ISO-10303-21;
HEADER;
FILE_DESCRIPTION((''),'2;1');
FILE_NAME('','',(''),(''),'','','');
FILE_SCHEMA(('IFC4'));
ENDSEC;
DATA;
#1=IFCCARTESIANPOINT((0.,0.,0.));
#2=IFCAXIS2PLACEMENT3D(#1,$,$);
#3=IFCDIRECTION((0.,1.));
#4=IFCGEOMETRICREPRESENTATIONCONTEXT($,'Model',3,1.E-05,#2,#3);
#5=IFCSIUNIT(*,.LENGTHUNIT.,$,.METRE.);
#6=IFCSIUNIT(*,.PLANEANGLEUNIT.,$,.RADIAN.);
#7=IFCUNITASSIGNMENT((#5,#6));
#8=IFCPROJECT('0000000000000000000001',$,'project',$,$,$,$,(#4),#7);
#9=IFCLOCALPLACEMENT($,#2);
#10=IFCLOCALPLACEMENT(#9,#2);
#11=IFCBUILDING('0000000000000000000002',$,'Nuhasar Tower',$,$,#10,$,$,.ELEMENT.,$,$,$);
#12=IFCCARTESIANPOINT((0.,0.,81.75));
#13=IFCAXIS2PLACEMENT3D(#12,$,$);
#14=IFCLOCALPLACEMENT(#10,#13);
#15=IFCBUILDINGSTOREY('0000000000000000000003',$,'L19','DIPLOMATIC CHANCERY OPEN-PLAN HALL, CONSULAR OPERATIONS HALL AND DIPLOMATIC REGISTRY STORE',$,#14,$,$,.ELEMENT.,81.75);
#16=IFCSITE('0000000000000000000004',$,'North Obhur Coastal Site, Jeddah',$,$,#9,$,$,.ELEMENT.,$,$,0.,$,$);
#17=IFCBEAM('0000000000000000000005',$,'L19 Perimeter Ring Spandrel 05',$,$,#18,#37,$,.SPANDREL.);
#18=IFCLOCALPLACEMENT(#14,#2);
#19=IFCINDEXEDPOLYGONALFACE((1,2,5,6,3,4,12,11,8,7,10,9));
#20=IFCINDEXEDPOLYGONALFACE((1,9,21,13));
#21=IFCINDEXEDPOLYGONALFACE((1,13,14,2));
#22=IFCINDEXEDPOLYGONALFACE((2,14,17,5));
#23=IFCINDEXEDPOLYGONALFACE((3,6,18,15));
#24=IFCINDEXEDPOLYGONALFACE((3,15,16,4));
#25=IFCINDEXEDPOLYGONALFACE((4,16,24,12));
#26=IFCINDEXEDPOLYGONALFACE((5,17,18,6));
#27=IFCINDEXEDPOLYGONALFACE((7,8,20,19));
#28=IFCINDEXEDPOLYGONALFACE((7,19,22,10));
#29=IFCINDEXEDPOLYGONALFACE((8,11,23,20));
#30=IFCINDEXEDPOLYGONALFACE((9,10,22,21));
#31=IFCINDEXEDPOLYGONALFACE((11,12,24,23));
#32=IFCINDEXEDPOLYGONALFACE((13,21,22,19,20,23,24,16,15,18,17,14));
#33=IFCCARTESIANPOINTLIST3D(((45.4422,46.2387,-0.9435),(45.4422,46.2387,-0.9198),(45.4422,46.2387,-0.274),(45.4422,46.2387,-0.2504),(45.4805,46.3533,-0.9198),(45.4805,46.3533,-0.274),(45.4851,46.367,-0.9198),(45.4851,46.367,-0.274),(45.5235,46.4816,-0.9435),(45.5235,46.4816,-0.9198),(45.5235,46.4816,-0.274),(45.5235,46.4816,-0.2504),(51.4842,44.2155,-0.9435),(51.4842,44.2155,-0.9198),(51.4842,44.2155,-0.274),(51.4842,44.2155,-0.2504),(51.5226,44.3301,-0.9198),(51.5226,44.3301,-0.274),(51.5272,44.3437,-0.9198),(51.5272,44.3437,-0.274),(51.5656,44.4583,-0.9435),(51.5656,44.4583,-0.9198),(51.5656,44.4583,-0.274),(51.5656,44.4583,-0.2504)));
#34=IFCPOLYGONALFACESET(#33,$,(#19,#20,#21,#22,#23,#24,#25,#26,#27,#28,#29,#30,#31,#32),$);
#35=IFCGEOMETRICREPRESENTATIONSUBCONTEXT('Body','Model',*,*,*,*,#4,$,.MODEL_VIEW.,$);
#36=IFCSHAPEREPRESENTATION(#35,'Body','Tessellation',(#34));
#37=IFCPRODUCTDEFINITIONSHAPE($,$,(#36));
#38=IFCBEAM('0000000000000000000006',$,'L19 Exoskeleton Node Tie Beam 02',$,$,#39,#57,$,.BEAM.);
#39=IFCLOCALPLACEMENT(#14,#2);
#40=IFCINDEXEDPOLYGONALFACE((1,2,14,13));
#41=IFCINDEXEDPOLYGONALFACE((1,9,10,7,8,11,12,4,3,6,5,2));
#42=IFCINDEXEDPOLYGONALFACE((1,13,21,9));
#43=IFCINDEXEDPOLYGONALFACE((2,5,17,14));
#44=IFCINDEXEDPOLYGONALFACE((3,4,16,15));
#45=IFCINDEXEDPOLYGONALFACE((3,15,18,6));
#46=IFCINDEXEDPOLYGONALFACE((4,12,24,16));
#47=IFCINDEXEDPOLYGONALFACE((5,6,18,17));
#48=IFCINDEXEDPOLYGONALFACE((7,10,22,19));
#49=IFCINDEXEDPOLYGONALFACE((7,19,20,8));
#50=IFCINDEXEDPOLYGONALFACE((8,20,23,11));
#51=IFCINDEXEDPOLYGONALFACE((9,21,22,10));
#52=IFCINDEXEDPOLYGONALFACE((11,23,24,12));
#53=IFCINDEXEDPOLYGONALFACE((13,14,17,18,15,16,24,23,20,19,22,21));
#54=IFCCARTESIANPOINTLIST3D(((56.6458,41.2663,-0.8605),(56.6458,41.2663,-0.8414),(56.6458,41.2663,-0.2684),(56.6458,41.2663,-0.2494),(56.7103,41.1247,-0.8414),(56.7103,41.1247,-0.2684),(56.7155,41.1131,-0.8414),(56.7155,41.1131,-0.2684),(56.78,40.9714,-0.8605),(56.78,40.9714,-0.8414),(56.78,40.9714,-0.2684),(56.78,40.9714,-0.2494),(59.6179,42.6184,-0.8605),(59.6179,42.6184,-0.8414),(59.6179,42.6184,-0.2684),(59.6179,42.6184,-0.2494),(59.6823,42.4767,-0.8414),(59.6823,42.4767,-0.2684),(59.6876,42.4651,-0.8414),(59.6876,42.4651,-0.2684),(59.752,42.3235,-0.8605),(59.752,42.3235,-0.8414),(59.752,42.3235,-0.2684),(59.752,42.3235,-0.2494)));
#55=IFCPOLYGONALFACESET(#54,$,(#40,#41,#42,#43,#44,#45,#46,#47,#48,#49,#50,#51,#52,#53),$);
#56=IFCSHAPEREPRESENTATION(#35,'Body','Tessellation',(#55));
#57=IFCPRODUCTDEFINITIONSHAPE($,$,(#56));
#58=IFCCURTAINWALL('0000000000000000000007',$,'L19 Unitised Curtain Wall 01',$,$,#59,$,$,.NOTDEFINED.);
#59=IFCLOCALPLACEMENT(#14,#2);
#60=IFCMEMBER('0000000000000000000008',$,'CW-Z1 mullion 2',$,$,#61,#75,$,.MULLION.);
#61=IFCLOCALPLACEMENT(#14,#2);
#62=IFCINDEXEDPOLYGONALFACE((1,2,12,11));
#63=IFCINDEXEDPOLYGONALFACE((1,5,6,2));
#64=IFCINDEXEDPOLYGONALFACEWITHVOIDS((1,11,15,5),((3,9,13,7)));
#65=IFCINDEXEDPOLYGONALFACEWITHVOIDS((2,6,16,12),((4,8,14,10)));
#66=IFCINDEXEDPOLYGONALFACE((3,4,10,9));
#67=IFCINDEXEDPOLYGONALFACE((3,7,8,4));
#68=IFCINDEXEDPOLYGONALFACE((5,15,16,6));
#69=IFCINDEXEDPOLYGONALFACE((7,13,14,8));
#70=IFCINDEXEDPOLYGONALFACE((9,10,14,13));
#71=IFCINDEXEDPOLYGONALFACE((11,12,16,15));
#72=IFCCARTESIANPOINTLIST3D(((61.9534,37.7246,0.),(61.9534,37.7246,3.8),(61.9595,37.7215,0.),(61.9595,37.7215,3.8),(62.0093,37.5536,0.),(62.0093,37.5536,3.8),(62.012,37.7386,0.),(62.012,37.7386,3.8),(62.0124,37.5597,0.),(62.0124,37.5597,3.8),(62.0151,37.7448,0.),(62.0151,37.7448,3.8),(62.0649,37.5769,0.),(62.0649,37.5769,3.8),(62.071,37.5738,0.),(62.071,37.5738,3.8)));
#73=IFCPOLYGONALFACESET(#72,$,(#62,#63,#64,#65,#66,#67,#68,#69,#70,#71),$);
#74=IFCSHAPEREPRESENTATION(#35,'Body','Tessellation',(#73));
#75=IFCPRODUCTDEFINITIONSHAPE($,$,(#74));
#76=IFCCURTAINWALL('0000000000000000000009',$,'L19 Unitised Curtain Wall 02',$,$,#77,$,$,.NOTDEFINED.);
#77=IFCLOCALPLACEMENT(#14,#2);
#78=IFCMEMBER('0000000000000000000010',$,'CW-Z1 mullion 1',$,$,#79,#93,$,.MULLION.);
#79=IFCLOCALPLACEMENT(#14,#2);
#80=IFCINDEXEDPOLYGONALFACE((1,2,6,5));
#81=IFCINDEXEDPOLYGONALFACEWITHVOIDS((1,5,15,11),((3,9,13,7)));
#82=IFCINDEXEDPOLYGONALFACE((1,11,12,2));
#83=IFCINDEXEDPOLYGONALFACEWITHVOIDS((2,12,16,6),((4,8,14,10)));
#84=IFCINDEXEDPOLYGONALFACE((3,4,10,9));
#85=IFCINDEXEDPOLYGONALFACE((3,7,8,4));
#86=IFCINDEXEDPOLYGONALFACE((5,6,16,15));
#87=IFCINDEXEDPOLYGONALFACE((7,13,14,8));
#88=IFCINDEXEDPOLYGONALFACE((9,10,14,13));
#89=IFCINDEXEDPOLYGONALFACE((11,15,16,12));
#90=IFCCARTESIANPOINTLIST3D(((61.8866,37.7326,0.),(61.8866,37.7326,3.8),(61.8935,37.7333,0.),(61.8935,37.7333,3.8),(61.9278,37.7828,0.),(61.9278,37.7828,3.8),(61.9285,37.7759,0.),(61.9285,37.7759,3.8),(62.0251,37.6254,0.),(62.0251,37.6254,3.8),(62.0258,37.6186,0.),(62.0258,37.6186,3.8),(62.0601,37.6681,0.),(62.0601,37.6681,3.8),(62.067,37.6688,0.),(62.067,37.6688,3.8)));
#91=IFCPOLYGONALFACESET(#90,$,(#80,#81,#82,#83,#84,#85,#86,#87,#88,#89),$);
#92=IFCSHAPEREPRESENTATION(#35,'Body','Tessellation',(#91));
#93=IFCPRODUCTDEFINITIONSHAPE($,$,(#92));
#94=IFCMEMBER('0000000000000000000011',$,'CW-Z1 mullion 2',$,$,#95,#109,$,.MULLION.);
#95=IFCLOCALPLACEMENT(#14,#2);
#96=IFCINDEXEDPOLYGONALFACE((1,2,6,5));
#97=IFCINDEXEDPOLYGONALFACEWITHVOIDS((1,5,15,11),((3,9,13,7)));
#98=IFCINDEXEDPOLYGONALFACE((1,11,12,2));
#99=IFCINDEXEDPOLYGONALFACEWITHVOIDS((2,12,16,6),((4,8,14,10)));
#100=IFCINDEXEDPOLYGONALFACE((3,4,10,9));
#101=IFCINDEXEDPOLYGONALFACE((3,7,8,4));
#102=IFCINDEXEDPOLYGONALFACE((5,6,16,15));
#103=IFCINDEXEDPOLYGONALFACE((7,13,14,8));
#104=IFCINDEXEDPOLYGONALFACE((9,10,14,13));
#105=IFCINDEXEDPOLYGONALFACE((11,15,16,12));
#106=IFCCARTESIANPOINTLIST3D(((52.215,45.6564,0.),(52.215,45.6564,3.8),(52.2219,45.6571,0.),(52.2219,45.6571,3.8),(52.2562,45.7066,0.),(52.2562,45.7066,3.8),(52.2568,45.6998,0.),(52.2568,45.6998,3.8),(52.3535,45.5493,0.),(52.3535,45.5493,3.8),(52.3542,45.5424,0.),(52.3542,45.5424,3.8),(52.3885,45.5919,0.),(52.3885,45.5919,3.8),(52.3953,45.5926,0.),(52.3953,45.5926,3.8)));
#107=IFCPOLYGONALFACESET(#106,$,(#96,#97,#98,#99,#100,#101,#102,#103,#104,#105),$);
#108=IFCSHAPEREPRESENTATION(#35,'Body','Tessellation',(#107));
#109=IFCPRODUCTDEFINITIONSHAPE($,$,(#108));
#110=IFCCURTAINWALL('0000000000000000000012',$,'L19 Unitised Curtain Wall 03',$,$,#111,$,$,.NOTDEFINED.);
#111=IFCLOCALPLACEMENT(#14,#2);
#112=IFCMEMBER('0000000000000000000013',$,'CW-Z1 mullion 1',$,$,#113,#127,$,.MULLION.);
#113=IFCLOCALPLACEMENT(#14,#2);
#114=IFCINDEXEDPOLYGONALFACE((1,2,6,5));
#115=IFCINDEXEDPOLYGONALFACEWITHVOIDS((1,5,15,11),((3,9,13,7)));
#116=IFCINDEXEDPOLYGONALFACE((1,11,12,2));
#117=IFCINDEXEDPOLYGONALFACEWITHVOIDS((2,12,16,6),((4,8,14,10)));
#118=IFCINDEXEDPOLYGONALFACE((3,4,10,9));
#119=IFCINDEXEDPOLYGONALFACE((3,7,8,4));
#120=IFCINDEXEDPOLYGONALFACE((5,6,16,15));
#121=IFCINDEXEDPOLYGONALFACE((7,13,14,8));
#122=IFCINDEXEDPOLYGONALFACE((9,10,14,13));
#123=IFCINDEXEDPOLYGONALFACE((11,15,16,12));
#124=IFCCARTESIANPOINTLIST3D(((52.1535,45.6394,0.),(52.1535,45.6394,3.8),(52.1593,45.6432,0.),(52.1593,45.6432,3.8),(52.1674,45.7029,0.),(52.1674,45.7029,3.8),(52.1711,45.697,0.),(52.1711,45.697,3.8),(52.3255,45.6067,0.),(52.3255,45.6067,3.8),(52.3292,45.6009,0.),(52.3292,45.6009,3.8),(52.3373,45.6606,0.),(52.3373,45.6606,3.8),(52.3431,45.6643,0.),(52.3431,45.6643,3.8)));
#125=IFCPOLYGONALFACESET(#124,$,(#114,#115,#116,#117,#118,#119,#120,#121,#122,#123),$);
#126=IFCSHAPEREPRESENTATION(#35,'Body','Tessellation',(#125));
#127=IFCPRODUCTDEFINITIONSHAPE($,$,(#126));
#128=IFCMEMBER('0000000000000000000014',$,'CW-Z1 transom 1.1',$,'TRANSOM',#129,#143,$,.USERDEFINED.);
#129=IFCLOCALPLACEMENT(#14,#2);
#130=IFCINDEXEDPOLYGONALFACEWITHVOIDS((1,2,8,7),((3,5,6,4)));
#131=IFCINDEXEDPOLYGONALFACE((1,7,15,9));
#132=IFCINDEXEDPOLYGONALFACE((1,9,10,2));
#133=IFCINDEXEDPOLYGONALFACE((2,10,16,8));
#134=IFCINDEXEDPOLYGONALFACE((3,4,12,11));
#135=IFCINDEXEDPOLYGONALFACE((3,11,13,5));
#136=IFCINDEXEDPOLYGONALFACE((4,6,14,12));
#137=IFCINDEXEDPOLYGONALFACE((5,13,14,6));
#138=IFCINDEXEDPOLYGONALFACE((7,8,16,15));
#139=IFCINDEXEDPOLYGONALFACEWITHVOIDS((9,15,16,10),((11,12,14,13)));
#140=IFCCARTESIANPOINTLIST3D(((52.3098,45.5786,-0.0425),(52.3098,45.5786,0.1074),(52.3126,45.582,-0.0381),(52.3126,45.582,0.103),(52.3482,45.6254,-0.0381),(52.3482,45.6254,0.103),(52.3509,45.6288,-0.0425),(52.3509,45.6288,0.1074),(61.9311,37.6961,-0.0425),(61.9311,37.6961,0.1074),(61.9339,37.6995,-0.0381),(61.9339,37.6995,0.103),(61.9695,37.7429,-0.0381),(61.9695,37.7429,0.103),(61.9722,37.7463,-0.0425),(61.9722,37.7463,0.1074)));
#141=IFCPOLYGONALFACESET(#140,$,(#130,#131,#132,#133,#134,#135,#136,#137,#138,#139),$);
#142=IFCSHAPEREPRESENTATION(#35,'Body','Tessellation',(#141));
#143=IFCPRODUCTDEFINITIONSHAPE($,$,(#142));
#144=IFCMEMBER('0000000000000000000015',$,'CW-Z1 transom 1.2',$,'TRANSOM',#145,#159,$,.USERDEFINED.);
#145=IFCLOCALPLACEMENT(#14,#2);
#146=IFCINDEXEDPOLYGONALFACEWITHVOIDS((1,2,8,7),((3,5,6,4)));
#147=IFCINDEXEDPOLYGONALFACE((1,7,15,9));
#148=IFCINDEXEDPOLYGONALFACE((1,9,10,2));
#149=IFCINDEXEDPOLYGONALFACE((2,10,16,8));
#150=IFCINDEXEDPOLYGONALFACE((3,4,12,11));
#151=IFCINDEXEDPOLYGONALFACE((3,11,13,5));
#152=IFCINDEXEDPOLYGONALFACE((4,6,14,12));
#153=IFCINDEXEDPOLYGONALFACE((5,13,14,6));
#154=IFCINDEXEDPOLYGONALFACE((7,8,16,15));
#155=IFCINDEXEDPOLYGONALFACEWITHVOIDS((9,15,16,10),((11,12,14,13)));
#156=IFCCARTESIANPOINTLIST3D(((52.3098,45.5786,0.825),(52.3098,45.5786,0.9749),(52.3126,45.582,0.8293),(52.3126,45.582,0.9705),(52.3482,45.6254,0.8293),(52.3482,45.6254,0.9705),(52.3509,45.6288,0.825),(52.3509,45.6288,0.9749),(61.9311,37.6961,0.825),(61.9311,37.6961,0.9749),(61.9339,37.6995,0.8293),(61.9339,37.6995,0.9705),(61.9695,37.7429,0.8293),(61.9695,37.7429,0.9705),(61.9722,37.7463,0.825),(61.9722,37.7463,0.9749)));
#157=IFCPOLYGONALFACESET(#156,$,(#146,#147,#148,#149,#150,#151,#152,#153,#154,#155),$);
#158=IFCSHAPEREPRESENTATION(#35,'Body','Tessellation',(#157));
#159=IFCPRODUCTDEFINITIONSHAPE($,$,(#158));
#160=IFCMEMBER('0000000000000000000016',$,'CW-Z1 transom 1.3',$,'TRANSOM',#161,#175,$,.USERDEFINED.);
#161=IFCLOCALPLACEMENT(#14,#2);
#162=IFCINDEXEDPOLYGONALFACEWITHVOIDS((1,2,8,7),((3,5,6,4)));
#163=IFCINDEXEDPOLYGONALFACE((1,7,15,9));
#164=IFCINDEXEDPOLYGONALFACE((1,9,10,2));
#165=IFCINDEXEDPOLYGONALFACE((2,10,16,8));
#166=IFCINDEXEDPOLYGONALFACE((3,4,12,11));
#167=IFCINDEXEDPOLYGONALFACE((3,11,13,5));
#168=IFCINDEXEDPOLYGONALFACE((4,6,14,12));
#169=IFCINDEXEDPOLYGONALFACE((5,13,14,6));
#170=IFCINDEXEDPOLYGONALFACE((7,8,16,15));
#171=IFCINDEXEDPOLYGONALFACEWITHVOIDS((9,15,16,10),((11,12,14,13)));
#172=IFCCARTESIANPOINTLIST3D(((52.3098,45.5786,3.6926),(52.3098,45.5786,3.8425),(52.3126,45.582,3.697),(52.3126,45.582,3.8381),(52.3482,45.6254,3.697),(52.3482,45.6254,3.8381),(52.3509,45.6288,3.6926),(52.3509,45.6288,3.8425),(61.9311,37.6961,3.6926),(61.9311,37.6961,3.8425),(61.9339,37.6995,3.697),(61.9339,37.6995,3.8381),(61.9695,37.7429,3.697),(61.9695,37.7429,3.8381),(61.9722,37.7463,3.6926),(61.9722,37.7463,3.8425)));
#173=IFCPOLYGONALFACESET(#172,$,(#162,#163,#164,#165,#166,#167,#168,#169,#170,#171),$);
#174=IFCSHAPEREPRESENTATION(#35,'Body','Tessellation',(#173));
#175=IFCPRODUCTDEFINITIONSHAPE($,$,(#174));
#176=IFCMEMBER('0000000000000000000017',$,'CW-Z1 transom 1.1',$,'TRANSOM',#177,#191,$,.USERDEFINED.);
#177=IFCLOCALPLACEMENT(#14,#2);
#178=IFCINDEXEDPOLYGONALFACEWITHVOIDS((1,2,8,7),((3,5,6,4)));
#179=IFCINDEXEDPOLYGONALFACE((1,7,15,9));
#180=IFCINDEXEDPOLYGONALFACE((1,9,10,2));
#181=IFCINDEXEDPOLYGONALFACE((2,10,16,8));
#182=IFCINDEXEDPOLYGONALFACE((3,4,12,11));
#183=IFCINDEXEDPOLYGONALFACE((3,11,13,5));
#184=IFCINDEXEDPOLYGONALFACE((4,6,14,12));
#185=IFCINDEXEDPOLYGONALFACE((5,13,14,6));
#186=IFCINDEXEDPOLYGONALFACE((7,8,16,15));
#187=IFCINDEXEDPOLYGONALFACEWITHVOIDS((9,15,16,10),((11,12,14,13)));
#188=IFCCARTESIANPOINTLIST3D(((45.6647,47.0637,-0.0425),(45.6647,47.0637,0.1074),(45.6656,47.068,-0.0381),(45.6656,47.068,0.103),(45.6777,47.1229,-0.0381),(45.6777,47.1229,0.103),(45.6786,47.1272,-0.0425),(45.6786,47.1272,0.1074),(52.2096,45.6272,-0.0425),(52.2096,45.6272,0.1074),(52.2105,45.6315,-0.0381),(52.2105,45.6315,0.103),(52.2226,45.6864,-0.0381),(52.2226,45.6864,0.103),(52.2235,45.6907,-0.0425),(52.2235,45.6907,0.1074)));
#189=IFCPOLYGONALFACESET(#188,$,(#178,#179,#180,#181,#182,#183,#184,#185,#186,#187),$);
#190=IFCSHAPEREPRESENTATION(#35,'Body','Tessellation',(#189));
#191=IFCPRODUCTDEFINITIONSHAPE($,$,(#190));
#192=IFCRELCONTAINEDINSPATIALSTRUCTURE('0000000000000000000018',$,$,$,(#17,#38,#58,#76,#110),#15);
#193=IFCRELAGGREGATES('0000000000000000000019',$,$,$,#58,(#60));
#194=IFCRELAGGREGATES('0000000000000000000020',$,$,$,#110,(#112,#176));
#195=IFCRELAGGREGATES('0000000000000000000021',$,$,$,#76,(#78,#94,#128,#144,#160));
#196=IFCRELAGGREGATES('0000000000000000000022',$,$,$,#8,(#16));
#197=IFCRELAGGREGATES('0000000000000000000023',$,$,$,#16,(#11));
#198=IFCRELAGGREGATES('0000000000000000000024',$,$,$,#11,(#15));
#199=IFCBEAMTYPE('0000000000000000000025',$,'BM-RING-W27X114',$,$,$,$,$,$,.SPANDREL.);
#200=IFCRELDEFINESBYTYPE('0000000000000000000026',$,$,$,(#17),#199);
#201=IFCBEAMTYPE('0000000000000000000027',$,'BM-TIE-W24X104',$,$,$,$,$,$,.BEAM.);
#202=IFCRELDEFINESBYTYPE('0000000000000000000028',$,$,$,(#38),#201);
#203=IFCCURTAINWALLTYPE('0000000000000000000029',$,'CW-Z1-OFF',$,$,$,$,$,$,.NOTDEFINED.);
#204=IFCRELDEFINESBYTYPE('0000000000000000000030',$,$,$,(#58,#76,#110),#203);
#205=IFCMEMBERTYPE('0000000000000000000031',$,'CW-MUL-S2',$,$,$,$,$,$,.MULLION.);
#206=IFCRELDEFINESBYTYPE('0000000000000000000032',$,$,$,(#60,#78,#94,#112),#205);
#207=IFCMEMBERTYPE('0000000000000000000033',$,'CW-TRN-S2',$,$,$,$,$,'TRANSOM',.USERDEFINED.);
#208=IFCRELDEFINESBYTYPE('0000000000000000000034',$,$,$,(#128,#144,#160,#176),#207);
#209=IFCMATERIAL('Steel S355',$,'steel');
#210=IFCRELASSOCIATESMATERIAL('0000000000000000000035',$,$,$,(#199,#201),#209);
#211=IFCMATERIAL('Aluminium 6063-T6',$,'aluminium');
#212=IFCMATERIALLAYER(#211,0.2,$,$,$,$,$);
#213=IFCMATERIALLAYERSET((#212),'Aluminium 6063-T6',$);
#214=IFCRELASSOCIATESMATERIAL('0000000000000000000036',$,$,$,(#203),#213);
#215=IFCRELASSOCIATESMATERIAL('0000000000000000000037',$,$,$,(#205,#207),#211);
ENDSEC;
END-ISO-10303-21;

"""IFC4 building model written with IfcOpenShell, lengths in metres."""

from ifc_helpers import new_model, si_unit, direction, frame, origin, origin_2d, place, context, subcontext, project, spatial, hollow_rectangle, i_section, extrude, material, layer, layer_set, material_profile, profile_set, type_object, element, aggregate, save


model = new_model("IFC4")

# Units and contexts
model_context = context("Model", 3, precision=1e-05, world=origin(), true_north=direction((0.0, 1.0)))
body_context = subcontext(model_context, "Body", "Model", "MODEL_VIEW")
ifc_project = project(units=[si_unit("LENGTHUNIT", "METRE"), si_unit("PLANEANGLEUNIT", "RADIAN")], contexts=[model_context])

# Site, building, storey
site_placement = place(None, origin())
site = spatial("IfcSite", under=ifc_project, at=site_placement, Name="North Obhur Coastal Site, Jeddah", CompositionType="ELEMENT", RefElevation=0.0)
building_placement = place(site_placement, origin())
building = spatial("IfcBuilding", under=site, at=building_placement, Name="Nuhasar Tower", CompositionType="ELEMENT")
storey_placement = place(building_placement, frame((0.0, 0.0, 81.75)))
storey = spatial("IfcBuildingStorey", under=building, at=storey_placement, Name="L19", Description="DIPLOMATIC CHANCERY OPEN-PLAN HALL, CONSULAR OPERATIONS HALL AND DIPLOMATIC REGISTRY STORE", CompositionType="ELEMENT", Elevation=81.75)

# Beams
ifc_material_1 = material(Name="Steel S355", Category="steel")
ifc_material_profile_1 = material_profile(ifc_material_1, i_section(OverallWidth=0.2561, OverallDepth=0.6931, WebThickness=0.0144, FlangeThickness=0.0237, at=origin_2d()), Name="W27X114")
ifc_profile_set_1 = profile_set([ifc_material_profile_1], Name="Steel S355")
beam_type_1 = type_object("IfcBeamType", Name="BM-RING-W27X114", PredefinedType="SPANDREL", material=ifc_profile_set_1)
beam_1_placement = place(storey_placement, frame((51.5249, 44.3369, -0.5969), z_axis=(-0.948249, 0.317526, 0.0), x_axis=(-0.317526, -0.948249, 0.0)))
element("IfcBeam", 1, at=beam_1_placement, inside=storey, type_object=beam_type_1, Name="L19 Perimeter Ring Spandrel 05", PredefinedType="SPANDREL", context=body_context, shape_type="SweptSolid", body=[
    extrude(i_section(OverallWidth=0.2561, OverallDepth=0.6931, WebThickness=0.0144, FlangeThickness=0.0237, at=origin_2d()), origin(), (0.0, 0.0, 1.0), 6.3718),
])
ifc_material_profile_2 = material_profile(ifc_material_1, i_section(OverallWidth=0.324, OverallDepth=0.6111, WebThickness=0.0127, FlangeThickness=0.019, at=origin_2d()), Name="W24X104")
ifc_profile_set_2 = profile_set([ifc_material_profile_2], Name="Steel S355")
beam_type_2 = type_object("IfcBeamType", Name="BM-TIE-W24X104", PredefinedType="BEAM", material=ifc_profile_set_2)
beam_2_placement = place(storey_placement, frame((56.7129, 41.1189, -0.5549), z_axis=(0.910244, 0.414073, 0.0), x_axis=(-0.414073, 0.910244, 0.0)))
element("IfcBeam", 2, at=beam_2_placement, inside=storey, type_object=beam_type_2, Name="L19 Exoskeleton Node Tie Beam 02", PredefinedType="BEAM", context=body_context, shape_type="SweptSolid", body=[
    extrude(i_section(OverallWidth=0.324, OverallDepth=0.6111, WebThickness=0.0127, FlangeThickness=0.019, at=origin_2d()), origin(), (0.0, 0.0, 1.0), 3.2651),
])

# Curtain wall, member
ifc_material_2 = material(Name="Aluminium 6063-T6", Category="aluminium")
ifc_layer_1 = layer(ifc_material_2, 0.2)
ifc_layer_set_1 = layer_set([ifc_layer_1], Name="Aluminium 6063-T6")
curtain_wall_type = type_object("IfcCurtainWallType", Name="CW-Z1-OFF", PredefinedType="NOTDEFINED", material=ifc_layer_set_1)
curtain_wall_1_placement = place(storey_placement, origin())
curtain_wall_1 = element("IfcCurtainWall", 3, at=curtain_wall_1_placement, inside=storey, type_object=curtain_wall_type, Name="L19 Unitised Curtain Wall 01", PredefinedType="NOTDEFINED")
ifc_material_profile_3 = material_profile(ifc_material_2, hollow_rectangle(XDim=0.0649, YDim=0.1799, WallThickness=0.0049, at=origin_2d()), Name="CWM-2")
ifc_profile_set_3 = profile_set([ifc_material_profile_3], Name="Aluminium 6063-T6")
member_type_1 = type_object("IfcMemberType", Name="CW-MUL-S2", PredefinedType="MULLION", material=ifc_profile_set_3)
member_1_placement = place(storey_placement, frame((62.0122, 37.6492, 0.0), z_axis=(0.0, 0.0, 1.0), x_axis=(-0.950468, -0.310824, 0.0)))
member_1 = element("IfcMember", 4, at=member_1_placement, type_object=member_type_1, Name="CW-Z1 mullion 2", PredefinedType="MULLION", context=body_context, shape_type="SweptSolid", body=[
    extrude(hollow_rectangle(XDim=0.0649, YDim=0.1799, WallThickness=0.0049, at=origin_2d()), origin(), (0.0, 0.0, 1.0), 3.8),
])
aggregate(curtain_wall_1, [member_1])

# Curtain wall, members
curtain_wall_2_placement = place(storey_placement, origin())
curtain_wall_2 = element("IfcCurtainWall", 5, at=curtain_wall_2_placement, inside=storey, type_object=curtain_wall_type, Name="L19 Unitised Curtain Wall 02", PredefinedType="NOTDEFINED")
member_2_placement = place(storey_placement, frame((61.9768, 37.7007, 0.0), z_axis=(0.0, 0.0, 1.0), x_axis=(-0.633745, -0.773542, 0.0)))
member_2 = element("IfcMember", 6, at=member_2_placement, type_object=member_type_1, Name="CW-Z1 mullion 1", PredefinedType="MULLION", context=body_context, shape_type="SweptSolid", body=[
    extrude(hollow_rectangle(XDim=0.0649, YDim=0.1799, WallThickness=0.0049, at=origin_2d()), origin(), (0.0, 0.0, 1.0), 3.8),
])
member_3_placement = place(storey_placement, frame((52.3052, 45.6245, 0.0), z_axis=(0.0, 0.0, 1.0), x_axis=(-0.633745, -0.773542, 0.0)))
member_3 = element("IfcMember", 7, at=member_3_placement, type_object=member_type_1, Name="CW-Z1 mullion 2", PredefinedType="MULLION", context=body_context, shape_type="SweptSolid", body=[
    extrude(hollow_rectangle(XDim=0.0649, YDim=0.1799, WallThickness=0.0049, at=origin_2d()), origin(), (0.0, 0.0, 1.0), 3.8),
])

# Curtain wall, member
curtain_wall_3_placement = place(storey_placement, origin())
curtain_wall_3 = element("IfcCurtainWall", 8, at=curtain_wall_3_placement, inside=storey, type_object=curtain_wall_type, Name="L19 Unitised Curtain Wall 03", PredefinedType="NOTDEFINED")
member_4_placement = place(storey_placement, frame((52.2483, 45.6519, 0.0), z_axis=(0.0, 0.0, 1.0), x_axis=(-0.214399, -0.976746, 0.0)))
member_4 = element("IfcMember", 9, at=member_4_placement, type_object=member_type_1, Name="CW-Z1 mullion 1", PredefinedType="MULLION", context=body_context, shape_type="SweptSolid", body=[
    extrude(hollow_rectangle(XDim=0.0649, YDim=0.1799, WallThickness=0.0049, at=origin_2d()), origin(), (0.0, 0.0, 1.0), 3.8),
])

# Members
ifc_material_profile_4 = material_profile(ifc_material_2, hollow_rectangle(XDim=0.0649, YDim=0.1499, WallThickness=0.0044, at=origin_2d()), Name="CWT-2")
ifc_profile_set_4 = profile_set([ifc_material_profile_4], Name="Aluminium 6063-T6")
member_type_2 = type_object("IfcMemberType", Name="CW-TRN-S2", ElementType="TRANSOM", PredefinedType="USERDEFINED", material=ifc_profile_set_4)
member_5_placement = place(storey_placement, frame((61.9517, 37.7212, 0.0325), z_axis=(-0.773541, 0.633746, 0.0), x_axis=(-0.633746, -0.773541, 0.0)))
member_5 = element("IfcMember", 10, at=member_5_placement, type_object=member_type_2, Name="CW-Z1 transom 1.1", ObjectType="TRANSOM", PredefinedType="USERDEFINED", context=body_context, shape_type="SweptSolid", body=[
    extrude(hollow_rectangle(XDim=0.0649, YDim=0.1499, WallThickness=0.0044, at=origin_2d()), origin(), (0.0, 0.0, 1.0), 12.438),
])
member_6_placement = place(storey_placement, frame((61.9517, 37.7212, 0.8999), z_axis=(-0.773541, 0.633746, 0.0), x_axis=(-0.633746, -0.773541, 0.0)))
member_6 = element("IfcMember", 11, at=member_6_placement, type_object=member_type_2, Name="CW-Z1 transom 1.2", ObjectType="TRANSOM", PredefinedType="USERDEFINED", context=body_context, shape_type="SweptSolid", body=[
    extrude(hollow_rectangle(XDim=0.0649, YDim=0.1499, WallThickness=0.0044, at=origin_2d()), origin(), (0.0, 0.0, 1.0), 12.438),
])
member_7_placement = place(storey_placement, frame((61.9517, 37.7212, 3.7676), z_axis=(-0.773541, 0.633746, 0.0), x_axis=(-0.633746, -0.773541, 0.0)))
member_7 = element("IfcMember", 12, at=member_7_placement, type_object=member_type_2, Name="CW-Z1 transom 1.3", ObjectType="TRANSOM", PredefinedType="USERDEFINED", context=body_context, shape_type="SweptSolid", body=[
    extrude(hollow_rectangle(XDim=0.0649, YDim=0.1499, WallThickness=0.0044, at=origin_2d()), origin(), (0.0, 0.0, 1.0), 12.438),
])
member_8_placement = place(storey_placement, frame((52.2166, 45.6589, 0.0325), z_axis=(-0.97675, 0.214384, 0.0), x_axis=(-0.214384, -0.97675, 0.0)))
member_8 = element("IfcMember", 13, at=member_8_placement, type_object=member_type_2, Name="CW-Z1 transom 1.1", ObjectType="TRANSOM", PredefinedType="USERDEFINED", context=body_context, shape_type="SweptSolid", body=[
    extrude(hollow_rectangle(XDim=0.0649, YDim=0.1499, WallThickness=0.0044, at=origin_2d()), origin(), (0.0, 0.0, 1.0), 6.7007),
])

aggregate(curtain_wall_3, [member_4, member_8])
aggregate(curtain_wall_2, [member_2, member_3, member_5, member_6, member_7])

save(model, "model.ifc")
